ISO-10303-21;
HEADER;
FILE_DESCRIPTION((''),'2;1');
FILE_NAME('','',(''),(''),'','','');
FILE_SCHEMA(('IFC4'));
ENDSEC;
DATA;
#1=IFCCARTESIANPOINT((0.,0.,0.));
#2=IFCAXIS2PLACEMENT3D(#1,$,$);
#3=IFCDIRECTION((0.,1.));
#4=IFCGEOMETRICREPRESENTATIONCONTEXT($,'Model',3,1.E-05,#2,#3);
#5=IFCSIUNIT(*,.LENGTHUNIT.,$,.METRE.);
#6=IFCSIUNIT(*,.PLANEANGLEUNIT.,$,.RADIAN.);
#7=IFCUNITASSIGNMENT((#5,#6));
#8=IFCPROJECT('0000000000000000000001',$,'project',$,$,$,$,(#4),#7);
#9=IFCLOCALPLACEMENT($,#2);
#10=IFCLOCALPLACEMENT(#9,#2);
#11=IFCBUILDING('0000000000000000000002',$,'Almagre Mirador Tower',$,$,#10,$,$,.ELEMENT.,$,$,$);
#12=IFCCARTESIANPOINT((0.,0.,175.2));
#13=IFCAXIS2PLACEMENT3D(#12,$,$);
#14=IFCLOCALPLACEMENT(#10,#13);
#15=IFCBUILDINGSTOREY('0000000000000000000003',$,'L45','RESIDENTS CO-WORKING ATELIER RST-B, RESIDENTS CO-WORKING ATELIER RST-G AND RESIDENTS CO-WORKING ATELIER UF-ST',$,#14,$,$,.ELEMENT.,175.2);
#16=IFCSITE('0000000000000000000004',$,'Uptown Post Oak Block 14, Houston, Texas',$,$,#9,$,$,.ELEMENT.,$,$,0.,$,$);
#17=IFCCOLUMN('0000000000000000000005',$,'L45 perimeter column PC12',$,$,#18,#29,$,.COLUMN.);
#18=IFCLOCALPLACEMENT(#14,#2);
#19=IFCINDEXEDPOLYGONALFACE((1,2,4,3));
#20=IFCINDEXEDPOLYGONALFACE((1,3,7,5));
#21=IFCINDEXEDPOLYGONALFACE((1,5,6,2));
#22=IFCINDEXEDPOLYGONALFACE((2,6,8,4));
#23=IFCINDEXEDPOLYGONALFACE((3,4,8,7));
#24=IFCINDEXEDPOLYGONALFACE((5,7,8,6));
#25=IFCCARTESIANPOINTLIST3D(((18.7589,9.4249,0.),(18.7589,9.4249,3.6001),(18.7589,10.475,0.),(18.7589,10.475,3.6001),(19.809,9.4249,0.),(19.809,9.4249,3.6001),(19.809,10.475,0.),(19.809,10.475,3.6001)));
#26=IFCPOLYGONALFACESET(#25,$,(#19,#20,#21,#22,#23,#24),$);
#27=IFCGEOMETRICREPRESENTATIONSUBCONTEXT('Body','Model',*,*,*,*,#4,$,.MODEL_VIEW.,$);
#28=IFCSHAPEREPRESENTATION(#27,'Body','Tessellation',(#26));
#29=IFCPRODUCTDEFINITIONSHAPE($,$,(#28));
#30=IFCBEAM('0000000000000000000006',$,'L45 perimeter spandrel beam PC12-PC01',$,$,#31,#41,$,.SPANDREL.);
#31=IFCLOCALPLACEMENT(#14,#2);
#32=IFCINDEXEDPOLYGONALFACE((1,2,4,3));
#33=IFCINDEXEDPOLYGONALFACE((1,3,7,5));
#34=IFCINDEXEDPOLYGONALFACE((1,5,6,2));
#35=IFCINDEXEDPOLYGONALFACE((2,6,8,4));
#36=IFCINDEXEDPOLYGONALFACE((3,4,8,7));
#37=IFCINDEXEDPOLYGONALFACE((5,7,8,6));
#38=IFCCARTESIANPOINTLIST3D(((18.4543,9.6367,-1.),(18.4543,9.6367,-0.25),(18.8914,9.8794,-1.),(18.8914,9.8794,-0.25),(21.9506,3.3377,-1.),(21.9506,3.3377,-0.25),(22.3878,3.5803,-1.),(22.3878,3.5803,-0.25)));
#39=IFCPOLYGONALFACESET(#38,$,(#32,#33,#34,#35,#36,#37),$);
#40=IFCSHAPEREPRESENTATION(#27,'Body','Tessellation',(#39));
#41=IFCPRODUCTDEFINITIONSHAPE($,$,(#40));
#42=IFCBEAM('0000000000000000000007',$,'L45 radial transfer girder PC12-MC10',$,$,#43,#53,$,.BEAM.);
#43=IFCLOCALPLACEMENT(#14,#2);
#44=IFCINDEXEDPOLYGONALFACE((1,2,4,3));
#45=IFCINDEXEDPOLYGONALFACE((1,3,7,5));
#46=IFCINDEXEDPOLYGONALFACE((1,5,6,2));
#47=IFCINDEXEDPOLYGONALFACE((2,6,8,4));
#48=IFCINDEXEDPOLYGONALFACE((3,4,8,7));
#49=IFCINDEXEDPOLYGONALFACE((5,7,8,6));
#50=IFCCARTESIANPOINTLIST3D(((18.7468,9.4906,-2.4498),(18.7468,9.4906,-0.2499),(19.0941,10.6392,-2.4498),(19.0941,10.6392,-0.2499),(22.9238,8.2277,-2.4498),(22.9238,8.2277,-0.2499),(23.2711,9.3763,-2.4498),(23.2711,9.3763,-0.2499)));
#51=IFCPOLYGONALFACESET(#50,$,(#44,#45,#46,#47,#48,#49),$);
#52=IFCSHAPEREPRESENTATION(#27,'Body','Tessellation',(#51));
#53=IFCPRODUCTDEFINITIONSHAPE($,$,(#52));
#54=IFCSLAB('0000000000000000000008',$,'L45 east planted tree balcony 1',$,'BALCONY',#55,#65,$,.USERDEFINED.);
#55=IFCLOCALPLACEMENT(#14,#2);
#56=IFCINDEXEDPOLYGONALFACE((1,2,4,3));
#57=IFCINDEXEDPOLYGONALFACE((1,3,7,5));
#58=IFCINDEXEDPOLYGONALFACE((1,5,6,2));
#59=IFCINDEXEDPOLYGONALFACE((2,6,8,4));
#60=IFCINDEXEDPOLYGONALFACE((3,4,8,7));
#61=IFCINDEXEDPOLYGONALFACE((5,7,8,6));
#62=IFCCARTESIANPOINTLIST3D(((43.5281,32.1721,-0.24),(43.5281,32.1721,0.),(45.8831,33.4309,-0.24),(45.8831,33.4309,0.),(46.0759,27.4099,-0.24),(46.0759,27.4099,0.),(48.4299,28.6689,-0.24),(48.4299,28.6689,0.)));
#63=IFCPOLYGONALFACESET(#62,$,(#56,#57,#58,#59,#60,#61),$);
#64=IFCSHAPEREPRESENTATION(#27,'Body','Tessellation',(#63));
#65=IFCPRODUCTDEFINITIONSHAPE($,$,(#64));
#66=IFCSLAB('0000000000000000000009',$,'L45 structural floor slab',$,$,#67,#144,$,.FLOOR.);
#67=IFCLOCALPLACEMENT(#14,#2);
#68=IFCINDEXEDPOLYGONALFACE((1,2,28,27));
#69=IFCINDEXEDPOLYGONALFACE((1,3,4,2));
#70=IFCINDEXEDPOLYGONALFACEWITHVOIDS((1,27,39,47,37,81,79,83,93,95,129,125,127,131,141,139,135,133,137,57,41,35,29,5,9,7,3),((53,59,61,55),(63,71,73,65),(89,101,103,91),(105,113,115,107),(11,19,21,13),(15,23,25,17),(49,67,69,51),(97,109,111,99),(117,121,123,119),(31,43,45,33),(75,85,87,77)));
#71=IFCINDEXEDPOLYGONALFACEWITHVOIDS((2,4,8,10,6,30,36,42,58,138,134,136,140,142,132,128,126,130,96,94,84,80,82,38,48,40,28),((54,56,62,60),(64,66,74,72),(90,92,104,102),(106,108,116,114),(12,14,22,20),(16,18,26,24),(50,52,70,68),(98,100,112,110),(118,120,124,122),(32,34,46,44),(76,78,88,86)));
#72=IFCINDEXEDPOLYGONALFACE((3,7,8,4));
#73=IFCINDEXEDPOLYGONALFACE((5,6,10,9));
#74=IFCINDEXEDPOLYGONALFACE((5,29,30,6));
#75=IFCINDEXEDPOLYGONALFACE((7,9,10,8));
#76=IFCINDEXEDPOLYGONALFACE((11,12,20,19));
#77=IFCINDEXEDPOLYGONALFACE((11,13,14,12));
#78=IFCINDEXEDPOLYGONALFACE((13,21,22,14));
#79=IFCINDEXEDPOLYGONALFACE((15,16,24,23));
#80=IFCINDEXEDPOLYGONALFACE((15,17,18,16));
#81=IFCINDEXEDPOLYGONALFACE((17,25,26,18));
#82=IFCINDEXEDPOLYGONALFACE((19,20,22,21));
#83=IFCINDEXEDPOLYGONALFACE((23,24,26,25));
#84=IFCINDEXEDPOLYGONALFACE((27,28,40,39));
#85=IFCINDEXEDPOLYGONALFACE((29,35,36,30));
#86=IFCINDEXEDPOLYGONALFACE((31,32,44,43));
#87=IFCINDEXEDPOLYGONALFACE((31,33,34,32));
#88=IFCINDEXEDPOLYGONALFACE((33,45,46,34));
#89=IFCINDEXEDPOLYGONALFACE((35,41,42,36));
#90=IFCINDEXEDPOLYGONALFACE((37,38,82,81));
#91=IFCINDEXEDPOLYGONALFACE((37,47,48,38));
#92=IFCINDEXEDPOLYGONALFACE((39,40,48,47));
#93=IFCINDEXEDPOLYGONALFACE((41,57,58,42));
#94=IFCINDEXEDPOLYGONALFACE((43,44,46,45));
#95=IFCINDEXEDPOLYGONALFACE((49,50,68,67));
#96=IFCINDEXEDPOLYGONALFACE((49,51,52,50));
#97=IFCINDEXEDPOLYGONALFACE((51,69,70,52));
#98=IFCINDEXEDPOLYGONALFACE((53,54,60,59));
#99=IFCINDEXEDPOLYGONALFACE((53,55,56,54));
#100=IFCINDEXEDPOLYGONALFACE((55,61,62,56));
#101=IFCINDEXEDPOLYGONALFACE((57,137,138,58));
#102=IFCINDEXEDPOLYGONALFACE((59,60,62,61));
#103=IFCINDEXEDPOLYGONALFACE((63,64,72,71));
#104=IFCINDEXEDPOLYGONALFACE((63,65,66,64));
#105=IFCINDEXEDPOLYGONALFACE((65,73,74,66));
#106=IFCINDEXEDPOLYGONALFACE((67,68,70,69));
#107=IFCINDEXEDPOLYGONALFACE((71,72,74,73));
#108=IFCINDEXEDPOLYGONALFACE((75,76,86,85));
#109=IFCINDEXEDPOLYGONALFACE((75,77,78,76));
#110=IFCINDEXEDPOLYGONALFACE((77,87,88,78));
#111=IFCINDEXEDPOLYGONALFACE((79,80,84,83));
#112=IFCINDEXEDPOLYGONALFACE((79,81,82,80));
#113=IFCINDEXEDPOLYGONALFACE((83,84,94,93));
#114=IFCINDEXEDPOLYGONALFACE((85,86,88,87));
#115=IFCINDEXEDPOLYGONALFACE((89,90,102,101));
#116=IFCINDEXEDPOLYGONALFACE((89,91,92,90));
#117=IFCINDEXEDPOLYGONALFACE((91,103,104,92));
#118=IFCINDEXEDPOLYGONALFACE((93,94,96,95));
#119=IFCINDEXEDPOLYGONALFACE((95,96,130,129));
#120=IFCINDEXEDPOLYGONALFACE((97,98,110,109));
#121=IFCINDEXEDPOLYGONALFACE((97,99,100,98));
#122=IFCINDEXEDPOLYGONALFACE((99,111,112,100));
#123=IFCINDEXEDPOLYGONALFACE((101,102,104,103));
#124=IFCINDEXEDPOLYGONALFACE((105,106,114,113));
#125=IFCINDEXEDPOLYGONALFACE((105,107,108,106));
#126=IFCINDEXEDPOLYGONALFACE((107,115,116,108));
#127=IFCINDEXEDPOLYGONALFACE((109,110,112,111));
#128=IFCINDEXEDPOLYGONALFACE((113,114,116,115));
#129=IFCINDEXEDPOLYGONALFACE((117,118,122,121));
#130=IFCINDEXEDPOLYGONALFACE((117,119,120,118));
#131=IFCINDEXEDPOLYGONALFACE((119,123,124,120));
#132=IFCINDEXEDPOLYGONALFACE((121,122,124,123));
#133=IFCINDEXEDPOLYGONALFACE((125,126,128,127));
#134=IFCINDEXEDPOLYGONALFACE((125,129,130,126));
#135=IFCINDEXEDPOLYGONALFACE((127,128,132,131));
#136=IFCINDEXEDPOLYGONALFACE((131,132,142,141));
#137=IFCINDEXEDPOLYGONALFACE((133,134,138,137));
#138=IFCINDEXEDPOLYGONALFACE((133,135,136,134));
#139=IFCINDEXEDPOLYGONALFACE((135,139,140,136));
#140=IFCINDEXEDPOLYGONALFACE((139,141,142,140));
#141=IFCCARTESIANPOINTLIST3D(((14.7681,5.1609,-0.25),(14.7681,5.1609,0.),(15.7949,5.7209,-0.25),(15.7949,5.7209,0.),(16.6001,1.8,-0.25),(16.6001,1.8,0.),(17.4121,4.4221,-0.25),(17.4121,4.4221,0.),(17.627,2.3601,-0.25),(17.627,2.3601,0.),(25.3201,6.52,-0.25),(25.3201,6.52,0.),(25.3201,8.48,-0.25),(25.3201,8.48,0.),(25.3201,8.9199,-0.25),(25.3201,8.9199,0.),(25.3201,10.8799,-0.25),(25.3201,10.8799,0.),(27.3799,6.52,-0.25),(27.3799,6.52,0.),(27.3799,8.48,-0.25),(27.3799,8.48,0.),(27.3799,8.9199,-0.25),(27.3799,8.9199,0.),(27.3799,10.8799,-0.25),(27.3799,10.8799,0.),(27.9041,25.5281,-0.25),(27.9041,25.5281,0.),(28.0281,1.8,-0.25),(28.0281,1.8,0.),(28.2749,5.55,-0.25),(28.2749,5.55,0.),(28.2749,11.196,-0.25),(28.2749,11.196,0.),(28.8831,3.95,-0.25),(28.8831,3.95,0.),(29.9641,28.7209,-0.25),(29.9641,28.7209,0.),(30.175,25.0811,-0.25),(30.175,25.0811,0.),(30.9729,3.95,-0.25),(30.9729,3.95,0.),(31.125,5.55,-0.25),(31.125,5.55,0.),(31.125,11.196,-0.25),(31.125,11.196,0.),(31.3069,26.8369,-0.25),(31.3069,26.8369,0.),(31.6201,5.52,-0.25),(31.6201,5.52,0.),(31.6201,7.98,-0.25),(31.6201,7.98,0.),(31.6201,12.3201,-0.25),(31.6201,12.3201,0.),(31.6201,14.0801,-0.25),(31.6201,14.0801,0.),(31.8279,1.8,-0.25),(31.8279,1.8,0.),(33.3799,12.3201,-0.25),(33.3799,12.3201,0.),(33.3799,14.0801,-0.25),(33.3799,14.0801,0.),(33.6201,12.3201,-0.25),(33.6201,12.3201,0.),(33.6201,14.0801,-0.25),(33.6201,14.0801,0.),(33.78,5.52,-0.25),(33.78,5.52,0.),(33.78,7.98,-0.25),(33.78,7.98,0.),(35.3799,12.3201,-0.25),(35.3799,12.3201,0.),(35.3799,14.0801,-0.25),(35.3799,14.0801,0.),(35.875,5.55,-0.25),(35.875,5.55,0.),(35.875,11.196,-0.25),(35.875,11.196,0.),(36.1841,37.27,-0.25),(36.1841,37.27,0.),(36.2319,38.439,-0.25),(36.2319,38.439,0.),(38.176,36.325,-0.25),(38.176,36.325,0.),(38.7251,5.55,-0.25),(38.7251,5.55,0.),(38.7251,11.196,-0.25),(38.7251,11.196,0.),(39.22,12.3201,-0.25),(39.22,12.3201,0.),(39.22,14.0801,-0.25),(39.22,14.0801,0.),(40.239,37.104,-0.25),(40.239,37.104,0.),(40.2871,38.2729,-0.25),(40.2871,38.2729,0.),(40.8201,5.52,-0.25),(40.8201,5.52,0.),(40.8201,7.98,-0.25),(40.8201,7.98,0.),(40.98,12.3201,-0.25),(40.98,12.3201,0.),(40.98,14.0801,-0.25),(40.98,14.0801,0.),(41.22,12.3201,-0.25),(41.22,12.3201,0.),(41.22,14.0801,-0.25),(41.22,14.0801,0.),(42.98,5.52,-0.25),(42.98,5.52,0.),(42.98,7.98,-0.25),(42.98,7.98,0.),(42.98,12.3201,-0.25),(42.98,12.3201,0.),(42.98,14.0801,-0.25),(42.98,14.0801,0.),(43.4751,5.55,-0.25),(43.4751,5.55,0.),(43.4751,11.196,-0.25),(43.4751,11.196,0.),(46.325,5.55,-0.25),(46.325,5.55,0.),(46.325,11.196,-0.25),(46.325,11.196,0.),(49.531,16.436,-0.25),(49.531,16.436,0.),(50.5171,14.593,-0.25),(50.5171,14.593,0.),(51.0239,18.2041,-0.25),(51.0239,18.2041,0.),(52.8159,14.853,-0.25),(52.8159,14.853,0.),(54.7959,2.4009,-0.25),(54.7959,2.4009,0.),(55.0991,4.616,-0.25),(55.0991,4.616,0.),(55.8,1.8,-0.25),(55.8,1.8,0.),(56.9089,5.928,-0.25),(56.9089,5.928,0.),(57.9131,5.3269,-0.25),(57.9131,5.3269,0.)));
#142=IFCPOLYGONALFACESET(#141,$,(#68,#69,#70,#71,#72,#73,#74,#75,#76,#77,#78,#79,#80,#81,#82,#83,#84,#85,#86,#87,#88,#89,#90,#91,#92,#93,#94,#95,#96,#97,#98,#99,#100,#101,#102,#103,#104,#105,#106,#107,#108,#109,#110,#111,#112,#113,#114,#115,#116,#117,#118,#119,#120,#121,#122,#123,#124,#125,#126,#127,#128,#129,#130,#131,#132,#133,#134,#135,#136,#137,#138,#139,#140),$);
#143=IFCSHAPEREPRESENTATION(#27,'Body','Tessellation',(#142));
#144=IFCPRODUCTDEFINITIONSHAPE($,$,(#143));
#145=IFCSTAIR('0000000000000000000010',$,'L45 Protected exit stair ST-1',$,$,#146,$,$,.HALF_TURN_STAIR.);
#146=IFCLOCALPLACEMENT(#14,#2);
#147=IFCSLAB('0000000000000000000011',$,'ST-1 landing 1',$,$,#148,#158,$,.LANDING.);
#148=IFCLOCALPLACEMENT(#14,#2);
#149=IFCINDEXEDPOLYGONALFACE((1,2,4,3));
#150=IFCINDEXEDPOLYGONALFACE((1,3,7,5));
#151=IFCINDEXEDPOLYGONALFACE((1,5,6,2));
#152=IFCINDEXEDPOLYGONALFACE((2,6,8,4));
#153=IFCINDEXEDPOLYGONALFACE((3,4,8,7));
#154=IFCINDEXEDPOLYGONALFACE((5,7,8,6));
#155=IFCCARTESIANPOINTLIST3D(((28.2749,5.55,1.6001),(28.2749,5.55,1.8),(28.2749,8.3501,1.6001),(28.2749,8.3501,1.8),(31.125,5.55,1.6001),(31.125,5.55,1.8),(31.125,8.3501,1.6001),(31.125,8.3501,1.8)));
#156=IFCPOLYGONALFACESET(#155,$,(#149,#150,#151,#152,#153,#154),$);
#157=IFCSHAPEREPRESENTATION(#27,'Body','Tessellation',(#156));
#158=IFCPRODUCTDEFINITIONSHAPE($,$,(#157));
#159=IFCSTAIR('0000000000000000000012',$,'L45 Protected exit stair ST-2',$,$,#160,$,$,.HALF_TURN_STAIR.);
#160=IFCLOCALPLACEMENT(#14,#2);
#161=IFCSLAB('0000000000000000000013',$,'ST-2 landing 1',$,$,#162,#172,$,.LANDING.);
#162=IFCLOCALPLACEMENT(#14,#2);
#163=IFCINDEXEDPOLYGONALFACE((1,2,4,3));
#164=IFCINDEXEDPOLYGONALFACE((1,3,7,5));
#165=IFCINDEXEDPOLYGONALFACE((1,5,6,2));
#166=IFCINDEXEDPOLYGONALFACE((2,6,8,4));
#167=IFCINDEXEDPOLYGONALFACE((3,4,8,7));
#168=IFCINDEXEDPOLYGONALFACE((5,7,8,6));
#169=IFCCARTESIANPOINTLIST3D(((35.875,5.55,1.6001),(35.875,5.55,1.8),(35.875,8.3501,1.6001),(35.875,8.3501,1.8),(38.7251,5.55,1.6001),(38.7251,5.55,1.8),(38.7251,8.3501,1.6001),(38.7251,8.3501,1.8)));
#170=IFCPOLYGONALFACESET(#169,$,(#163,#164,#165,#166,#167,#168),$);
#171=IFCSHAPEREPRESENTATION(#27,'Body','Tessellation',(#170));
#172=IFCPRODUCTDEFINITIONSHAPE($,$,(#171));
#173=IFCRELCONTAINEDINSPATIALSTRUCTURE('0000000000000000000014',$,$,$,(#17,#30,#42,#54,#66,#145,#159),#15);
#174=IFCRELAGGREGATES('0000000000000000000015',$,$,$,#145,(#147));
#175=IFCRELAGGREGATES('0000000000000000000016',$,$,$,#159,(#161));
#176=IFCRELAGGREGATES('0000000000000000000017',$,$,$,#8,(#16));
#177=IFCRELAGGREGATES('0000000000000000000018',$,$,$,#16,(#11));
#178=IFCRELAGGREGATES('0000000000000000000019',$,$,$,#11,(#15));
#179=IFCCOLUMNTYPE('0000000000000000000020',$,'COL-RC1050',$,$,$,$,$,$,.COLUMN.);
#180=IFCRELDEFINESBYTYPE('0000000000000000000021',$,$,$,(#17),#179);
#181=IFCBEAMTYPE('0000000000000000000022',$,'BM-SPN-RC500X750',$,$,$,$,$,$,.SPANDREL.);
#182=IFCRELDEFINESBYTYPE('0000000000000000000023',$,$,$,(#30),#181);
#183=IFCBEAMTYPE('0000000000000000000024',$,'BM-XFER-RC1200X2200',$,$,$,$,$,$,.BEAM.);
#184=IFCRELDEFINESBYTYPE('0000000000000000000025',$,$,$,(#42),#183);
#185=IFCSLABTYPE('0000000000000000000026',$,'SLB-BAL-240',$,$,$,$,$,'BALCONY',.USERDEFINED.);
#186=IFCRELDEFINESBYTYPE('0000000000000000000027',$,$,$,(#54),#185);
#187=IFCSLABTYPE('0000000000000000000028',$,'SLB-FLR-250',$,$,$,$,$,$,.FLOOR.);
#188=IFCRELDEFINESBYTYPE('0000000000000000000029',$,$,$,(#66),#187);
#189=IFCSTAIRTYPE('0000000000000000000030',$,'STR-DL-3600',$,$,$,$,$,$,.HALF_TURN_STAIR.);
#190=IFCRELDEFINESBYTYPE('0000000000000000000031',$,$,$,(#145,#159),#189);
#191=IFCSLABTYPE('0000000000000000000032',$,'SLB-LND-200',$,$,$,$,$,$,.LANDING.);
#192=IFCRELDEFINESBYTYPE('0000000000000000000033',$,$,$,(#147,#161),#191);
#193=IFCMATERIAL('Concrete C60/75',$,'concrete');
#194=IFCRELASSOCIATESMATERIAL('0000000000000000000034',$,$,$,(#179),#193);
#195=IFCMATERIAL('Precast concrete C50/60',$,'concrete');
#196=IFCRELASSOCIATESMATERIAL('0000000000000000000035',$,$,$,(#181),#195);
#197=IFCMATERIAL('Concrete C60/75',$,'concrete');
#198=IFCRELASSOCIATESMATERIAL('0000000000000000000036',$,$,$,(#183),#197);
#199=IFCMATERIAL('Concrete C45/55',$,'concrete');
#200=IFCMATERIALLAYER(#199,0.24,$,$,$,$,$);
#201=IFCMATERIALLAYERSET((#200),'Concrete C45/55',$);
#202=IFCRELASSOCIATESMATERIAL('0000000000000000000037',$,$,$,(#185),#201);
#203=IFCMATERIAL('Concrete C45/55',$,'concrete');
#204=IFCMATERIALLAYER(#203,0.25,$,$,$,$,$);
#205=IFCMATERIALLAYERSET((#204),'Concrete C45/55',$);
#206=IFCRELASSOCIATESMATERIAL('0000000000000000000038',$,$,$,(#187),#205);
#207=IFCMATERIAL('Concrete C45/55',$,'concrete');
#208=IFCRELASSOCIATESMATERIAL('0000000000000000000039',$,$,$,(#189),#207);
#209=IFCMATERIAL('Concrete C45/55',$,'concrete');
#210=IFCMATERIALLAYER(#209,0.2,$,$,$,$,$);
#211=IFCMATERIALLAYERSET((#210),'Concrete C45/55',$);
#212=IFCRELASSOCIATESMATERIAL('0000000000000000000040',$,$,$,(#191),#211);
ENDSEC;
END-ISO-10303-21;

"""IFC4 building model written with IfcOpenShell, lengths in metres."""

from ifc_helpers import new_model, si_unit, direction, frame, origin, origin_2d, place, context, subcontext, project, spatial, polyline, rectangle, outline, extrude, material, layer, layer_set, material_profile, profile_set, type_object, element, aggregate, save


model = new_model("IFC4")

# Units and contexts
model_context = context("Model", 3, precision=1e-05, world=origin(), true_north=direction((0.0, 1.0)))
body_context = subcontext(model_context, "Body", "Model", "MODEL_VIEW")
ifc_project = project(units=[si_unit("LENGTHUNIT", "METRE"), si_unit("PLANEANGLEUNIT", "RADIAN")], contexts=[model_context])

# Site, building, storey
site_placement = place(None, origin())
site = spatial("IfcSite", under=ifc_project, at=site_placement, Name="Uptown Post Oak Block 14, Houston, Texas", CompositionType="ELEMENT", RefElevation=0.0)
building_placement = place(site_placement, origin())
building = spatial("IfcBuilding", under=site, at=building_placement, Name="Almagre Mirador Tower", CompositionType="ELEMENT")
storey_placement = place(building_placement, frame((0.0, 0.0, 175.2)))
storey = spatial("IfcBuildingStorey", under=building, at=storey_placement, Name="L45", Description="RESIDENTS CO-WORKING ATELIER RST-B, RESIDENTS CO-WORKING ATELIER RST-G AND RESIDENTS CO-WORKING ATELIER UF-ST", CompositionType="ELEMENT", Elevation=175.2)

# Column
ifc_material_1 = material(Name="Concrete C60/75", Category="concrete")
ifc_material_profile_1 = material_profile(ifc_material_1, rectangle(XDim=1.05, YDim=1.05, at=origin_2d()), Name="RC1050X1050")
ifc_profile_set_1 = profile_set([ifc_material_profile_1], Name="Concrete C60/75")
column_type = type_object("IfcColumnType", Name="COL-RC1050", PredefinedType="COLUMN", material=ifc_profile_set_1)
column_placement = place(storey_placement, frame((19.2839, 9.95, 0.0), z_axis=(0.0, 0.0, 1.0), x_axis=(1.0, 0.0, 0.0)))
element("IfcColumn", 1, at=column_placement, inside=storey, type_object=column_type, Name="L45 perimeter column PC12", PredefinedType="COLUMN", context=body_context, shape_type="SweptSolid", body=[
    extrude(rectangle(XDim=1.05, YDim=1.05, at=origin_2d()), origin(), (0.0, 0.0, 1.0), 3.6001),
])

# Beams
ifc_material_2 = material(Name="Precast concrete C50/60", Category="concrete")
ifc_material_profile_2 = material_profile(ifc_material_2, rectangle(XDim=0.5, YDim=0.75, at=origin_2d()), Name="RC500X750")
ifc_profile_set_2 = profile_set([ifc_material_profile_2], Name="Precast concrete C50/60")
beam_type_1 = type_object("IfcBeamType", Name="BM-SPN-RC500X750", PredefinedType="SPANDREL", material=ifc_profile_set_2)
beam_1_placement = place(storey_placement, frame((18.6729, 9.7581, -0.625), z_axis=(0.485309, -0.874343, 0.0), x_axis=(0.874343, 0.485309, 0.0)))
element("IfcBeam", 2, at=beam_1_placement, inside=storey, type_object=beam_type_1, Name="L45 perimeter spandrel beam PC12-PC01", PredefinedType="SPANDREL", context=body_context, shape_type="SweptSolid", body=[
    extrude(rectangle(XDim=0.5, YDim=0.75, at=origin_2d()), origin(), (0.0, 0.0, 1.0), 7.2043),
])
ifc_material_3 = material(Name="Concrete C60/75", Category="concrete")
ifc_material_profile_3 = material_profile(ifc_material_3, rectangle(XDim=1.2, YDim=2.2, at=origin_2d()), Name="RC1200X2200")
ifc_profile_set_3 = profile_set([ifc_material_profile_3], Name="Concrete C60/75")
beam_type_2 = type_object("IfcBeamType", Name="BM-XFER-RC1200X2200", PredefinedType="BEAM", material=ifc_profile_set_3)
beam_2_placement = place(storey_placement, frame((18.9204, 10.0649, -1.3499), z_axis=(0.957203, -0.289416, 0.0), x_axis=(0.289416, 0.957203, 0.0)))
element("IfcBeam", 3, at=beam_2_placement, inside=storey, type_object=beam_type_2, Name="L45 radial transfer girder PC12-MC10", PredefinedType="BEAM", context=body_context, shape_type="SweptSolid", body=[
    extrude(rectangle(XDim=1.2, YDim=2.2, at=origin_2d()), origin(), (0.0, 0.0, 1.0), 4.3638),
])

# Slabs
ifc_material_4 = material(Name="Concrete C45/55", Category="concrete")
ifc_layer_1 = layer(ifc_material_4, 0.24)
ifc_layer_set_1 = layer_set([ifc_layer_1], Name="Concrete C45/55")
slab_type_1 = type_object("IfcSlabType", Name="SLB-BAL-240", ElementType="BALCONY", PredefinedType="USERDEFINED", material=ifc_layer_set_1)
slab_1_placement = place(storey_placement, frame((0.0, 0.0, -0.24)))
element("IfcSlab", 4, at=slab_1_placement, inside=storey, type_object=slab_type_1, Name="L45 east planted tree balcony 1", ObjectType="BALCONY", PredefinedType="USERDEFINED", context=body_context, shape_type="SweptSolid", body=[
    extrude(outline(polyline([(46.0759, 27.4099), (43.5281, 32.1721), (45.8831, 33.4309), (48.4299, 28.6689), (46.0759, 27.4099)])), origin(), (0.0, 0.0, 1.0), 0.24),
])
ifc_material_5 = material(Name="Concrete C45/55", Category="concrete")
ifc_layer_2 = layer(ifc_material_5, 0.25)
ifc_layer_set_2 = layer_set([ifc_layer_2], Name="Concrete C45/55")
slab_type_2 = type_object("IfcSlabType", Name="SLB-FLR-250", PredefinedType="FLOOR", material=ifc_layer_set_2)
slab_2_placement = place(storey_placement, frame((0.0, 0.0, -0.25)))
element("IfcSlab", 5, at=slab_2_placement, inside=storey, type_object=slab_type_2, Name="L45 structural floor slab", PredefinedType="FLOOR", context=body_context, shape_type="SweptSolid", body=[
    extrude(outline(polyline([(14.7681, 5.1609), (15.7949, 5.7209), (17.4121, 4.4221), (17.627, 2.3601), (16.6001, 1.8), (28.0281, 1.8), (28.8831, 3.95), (30.9729, 3.95), (31.8279, 1.8), (55.8, 1.8), (54.7959, 2.4009), (55.0991, 4.616), (56.9089, 5.928), (57.9131, 5.3269), (52.8159, 14.853), (50.5171, 14.593), (49.531, 16.436), (51.0239, 18.2041), (40.2871, 38.2729), (40.239, 37.104), (38.176, 36.325), (36.1841, 37.27), (36.2319, 38.439), (29.9641, 28.7209), (31.3069, 26.8369), (30.175, 25.0811), (27.9041, 25.5281), (14.7681, 5.1609)]), holes=[polyline([(43.4751, 5.55), (43.4751, 11.196), (46.325, 11.196), (46.325, 5.55), (43.4751, 5.55)]), polyline([(40.8201, 5.52), (40.8201, 7.98), (42.98, 7.98), (42.98, 5.52), (40.8201, 5.52)]), polyline([(41.22, 12.3201), (41.22, 14.0801), (42.98, 14.0801), (42.98, 12.3201), (41.22, 12.3201)]), polyline([(39.22, 12.3201), (39.22, 14.0801), (40.98, 14.0801), (40.98, 12.3201), (39.22, 12.3201)]), polyline([(35.875, 11.196), (38.7251, 11.196), (38.7251, 5.55), (35.875, 5.55), (35.875, 11.196)]), polyline([(35.3799, 12.3201), (33.6201, 12.3201), (33.6201, 14.0801), (35.3799, 14.0801), (35.3799, 12.3201)]), polyline([(33.78, 5.52), (31.6201, 5.52), (31.6201, 7.98), (33.78, 7.98), (33.78, 5.52)]), polyline([(31.6201, 12.3201), (31.6201, 14.0801), (33.3799, 14.0801), (33.3799, 12.3201), (31.6201, 12.3201)]), polyline([(28.2749, 5.55), (28.2749, 11.196), (31.125, 11.196), (31.125, 5.55), (28.2749, 5.55)]), polyline([(25.3201, 8.9199), (25.3201, 10.8799), (27.3799, 10.8799), (27.3799, 8.9199), (25.3201, 8.9199)]), polyline([(27.3799, 6.52), (25.3201, 6.52), (25.3201, 8.48), (27.3799, 8.48), (27.3799, 6.52)])]), origin(), (0.0, 0.0, 1.0), 0.25),
])

# Stairs, slabs
ifc_material_6 = material(Name="Concrete C45/55", Category="concrete")
stair_type = type_object("IfcStairType", Name="STR-DL-3600", PredefinedType="HALF_TURN_STAIR", material=ifc_material_6)
stair_1_placement = place(storey_placement, origin())
stair_1 = element("IfcStair", 6, at=stair_1_placement, inside=storey, type_object=stair_type, Name="L45 Protected exit stair ST-1", PredefinedType="HALF_TURN_STAIR")
ifc_material_7 = material(Name="Concrete C45/55", Category="concrete")
ifc_layer_3 = layer(ifc_material_7, 0.2)
ifc_layer_set_3 = layer_set([ifc_layer_3], Name="Concrete C45/55")
slab_type_3 = type_object("IfcSlabType", Name="SLB-LND-200", PredefinedType="LANDING", material=ifc_layer_set_3)
slab_3_placement = place(storey_placement, frame((0.0, 0.0, 1.6001)))
slab_3 = element("IfcSlab", 7, at=slab_3_placement, type_object=slab_type_3, Name="ST-1 landing 1", PredefinedType="LANDING", context=body_context, shape_type="SweptSolid", body=[
    extrude(outline(polyline([(28.2749, 8.3501), (28.2749, 5.55), (31.125, 5.55), (31.125, 8.3501), (28.2749, 8.3501)])), origin(), (0.0, 0.0, 1.0), 0.2),
])
aggregate(stair_1, [slab_3])
stair_2_placement = place(storey_placement, origin())
stair_2 = element("IfcStair", 8, at=stair_2_placement, inside=storey, type_object=stair_type, Name="L45 Protected exit stair ST-2", PredefinedType="HALF_TURN_STAIR")
slab_4_placement = place(storey_placement, frame((0.0, 0.0, 1.6001)))
slab_4 = element("IfcSlab", 9, at=slab_4_placement, type_object=slab_type_3, Name="ST-2 landing 1", PredefinedType="LANDING", context=body_context, shape_type="SweptSolid", body=[
    extrude(outline(polyline([(35.875, 8.3501), (35.875, 5.55), (38.7251, 5.55), (38.7251, 8.3501), (35.875, 8.3501)])), origin(), (0.0, 0.0, 1.0), 0.2),
])
aggregate(stair_2, [slab_4])

save(model, "model.ifc")
